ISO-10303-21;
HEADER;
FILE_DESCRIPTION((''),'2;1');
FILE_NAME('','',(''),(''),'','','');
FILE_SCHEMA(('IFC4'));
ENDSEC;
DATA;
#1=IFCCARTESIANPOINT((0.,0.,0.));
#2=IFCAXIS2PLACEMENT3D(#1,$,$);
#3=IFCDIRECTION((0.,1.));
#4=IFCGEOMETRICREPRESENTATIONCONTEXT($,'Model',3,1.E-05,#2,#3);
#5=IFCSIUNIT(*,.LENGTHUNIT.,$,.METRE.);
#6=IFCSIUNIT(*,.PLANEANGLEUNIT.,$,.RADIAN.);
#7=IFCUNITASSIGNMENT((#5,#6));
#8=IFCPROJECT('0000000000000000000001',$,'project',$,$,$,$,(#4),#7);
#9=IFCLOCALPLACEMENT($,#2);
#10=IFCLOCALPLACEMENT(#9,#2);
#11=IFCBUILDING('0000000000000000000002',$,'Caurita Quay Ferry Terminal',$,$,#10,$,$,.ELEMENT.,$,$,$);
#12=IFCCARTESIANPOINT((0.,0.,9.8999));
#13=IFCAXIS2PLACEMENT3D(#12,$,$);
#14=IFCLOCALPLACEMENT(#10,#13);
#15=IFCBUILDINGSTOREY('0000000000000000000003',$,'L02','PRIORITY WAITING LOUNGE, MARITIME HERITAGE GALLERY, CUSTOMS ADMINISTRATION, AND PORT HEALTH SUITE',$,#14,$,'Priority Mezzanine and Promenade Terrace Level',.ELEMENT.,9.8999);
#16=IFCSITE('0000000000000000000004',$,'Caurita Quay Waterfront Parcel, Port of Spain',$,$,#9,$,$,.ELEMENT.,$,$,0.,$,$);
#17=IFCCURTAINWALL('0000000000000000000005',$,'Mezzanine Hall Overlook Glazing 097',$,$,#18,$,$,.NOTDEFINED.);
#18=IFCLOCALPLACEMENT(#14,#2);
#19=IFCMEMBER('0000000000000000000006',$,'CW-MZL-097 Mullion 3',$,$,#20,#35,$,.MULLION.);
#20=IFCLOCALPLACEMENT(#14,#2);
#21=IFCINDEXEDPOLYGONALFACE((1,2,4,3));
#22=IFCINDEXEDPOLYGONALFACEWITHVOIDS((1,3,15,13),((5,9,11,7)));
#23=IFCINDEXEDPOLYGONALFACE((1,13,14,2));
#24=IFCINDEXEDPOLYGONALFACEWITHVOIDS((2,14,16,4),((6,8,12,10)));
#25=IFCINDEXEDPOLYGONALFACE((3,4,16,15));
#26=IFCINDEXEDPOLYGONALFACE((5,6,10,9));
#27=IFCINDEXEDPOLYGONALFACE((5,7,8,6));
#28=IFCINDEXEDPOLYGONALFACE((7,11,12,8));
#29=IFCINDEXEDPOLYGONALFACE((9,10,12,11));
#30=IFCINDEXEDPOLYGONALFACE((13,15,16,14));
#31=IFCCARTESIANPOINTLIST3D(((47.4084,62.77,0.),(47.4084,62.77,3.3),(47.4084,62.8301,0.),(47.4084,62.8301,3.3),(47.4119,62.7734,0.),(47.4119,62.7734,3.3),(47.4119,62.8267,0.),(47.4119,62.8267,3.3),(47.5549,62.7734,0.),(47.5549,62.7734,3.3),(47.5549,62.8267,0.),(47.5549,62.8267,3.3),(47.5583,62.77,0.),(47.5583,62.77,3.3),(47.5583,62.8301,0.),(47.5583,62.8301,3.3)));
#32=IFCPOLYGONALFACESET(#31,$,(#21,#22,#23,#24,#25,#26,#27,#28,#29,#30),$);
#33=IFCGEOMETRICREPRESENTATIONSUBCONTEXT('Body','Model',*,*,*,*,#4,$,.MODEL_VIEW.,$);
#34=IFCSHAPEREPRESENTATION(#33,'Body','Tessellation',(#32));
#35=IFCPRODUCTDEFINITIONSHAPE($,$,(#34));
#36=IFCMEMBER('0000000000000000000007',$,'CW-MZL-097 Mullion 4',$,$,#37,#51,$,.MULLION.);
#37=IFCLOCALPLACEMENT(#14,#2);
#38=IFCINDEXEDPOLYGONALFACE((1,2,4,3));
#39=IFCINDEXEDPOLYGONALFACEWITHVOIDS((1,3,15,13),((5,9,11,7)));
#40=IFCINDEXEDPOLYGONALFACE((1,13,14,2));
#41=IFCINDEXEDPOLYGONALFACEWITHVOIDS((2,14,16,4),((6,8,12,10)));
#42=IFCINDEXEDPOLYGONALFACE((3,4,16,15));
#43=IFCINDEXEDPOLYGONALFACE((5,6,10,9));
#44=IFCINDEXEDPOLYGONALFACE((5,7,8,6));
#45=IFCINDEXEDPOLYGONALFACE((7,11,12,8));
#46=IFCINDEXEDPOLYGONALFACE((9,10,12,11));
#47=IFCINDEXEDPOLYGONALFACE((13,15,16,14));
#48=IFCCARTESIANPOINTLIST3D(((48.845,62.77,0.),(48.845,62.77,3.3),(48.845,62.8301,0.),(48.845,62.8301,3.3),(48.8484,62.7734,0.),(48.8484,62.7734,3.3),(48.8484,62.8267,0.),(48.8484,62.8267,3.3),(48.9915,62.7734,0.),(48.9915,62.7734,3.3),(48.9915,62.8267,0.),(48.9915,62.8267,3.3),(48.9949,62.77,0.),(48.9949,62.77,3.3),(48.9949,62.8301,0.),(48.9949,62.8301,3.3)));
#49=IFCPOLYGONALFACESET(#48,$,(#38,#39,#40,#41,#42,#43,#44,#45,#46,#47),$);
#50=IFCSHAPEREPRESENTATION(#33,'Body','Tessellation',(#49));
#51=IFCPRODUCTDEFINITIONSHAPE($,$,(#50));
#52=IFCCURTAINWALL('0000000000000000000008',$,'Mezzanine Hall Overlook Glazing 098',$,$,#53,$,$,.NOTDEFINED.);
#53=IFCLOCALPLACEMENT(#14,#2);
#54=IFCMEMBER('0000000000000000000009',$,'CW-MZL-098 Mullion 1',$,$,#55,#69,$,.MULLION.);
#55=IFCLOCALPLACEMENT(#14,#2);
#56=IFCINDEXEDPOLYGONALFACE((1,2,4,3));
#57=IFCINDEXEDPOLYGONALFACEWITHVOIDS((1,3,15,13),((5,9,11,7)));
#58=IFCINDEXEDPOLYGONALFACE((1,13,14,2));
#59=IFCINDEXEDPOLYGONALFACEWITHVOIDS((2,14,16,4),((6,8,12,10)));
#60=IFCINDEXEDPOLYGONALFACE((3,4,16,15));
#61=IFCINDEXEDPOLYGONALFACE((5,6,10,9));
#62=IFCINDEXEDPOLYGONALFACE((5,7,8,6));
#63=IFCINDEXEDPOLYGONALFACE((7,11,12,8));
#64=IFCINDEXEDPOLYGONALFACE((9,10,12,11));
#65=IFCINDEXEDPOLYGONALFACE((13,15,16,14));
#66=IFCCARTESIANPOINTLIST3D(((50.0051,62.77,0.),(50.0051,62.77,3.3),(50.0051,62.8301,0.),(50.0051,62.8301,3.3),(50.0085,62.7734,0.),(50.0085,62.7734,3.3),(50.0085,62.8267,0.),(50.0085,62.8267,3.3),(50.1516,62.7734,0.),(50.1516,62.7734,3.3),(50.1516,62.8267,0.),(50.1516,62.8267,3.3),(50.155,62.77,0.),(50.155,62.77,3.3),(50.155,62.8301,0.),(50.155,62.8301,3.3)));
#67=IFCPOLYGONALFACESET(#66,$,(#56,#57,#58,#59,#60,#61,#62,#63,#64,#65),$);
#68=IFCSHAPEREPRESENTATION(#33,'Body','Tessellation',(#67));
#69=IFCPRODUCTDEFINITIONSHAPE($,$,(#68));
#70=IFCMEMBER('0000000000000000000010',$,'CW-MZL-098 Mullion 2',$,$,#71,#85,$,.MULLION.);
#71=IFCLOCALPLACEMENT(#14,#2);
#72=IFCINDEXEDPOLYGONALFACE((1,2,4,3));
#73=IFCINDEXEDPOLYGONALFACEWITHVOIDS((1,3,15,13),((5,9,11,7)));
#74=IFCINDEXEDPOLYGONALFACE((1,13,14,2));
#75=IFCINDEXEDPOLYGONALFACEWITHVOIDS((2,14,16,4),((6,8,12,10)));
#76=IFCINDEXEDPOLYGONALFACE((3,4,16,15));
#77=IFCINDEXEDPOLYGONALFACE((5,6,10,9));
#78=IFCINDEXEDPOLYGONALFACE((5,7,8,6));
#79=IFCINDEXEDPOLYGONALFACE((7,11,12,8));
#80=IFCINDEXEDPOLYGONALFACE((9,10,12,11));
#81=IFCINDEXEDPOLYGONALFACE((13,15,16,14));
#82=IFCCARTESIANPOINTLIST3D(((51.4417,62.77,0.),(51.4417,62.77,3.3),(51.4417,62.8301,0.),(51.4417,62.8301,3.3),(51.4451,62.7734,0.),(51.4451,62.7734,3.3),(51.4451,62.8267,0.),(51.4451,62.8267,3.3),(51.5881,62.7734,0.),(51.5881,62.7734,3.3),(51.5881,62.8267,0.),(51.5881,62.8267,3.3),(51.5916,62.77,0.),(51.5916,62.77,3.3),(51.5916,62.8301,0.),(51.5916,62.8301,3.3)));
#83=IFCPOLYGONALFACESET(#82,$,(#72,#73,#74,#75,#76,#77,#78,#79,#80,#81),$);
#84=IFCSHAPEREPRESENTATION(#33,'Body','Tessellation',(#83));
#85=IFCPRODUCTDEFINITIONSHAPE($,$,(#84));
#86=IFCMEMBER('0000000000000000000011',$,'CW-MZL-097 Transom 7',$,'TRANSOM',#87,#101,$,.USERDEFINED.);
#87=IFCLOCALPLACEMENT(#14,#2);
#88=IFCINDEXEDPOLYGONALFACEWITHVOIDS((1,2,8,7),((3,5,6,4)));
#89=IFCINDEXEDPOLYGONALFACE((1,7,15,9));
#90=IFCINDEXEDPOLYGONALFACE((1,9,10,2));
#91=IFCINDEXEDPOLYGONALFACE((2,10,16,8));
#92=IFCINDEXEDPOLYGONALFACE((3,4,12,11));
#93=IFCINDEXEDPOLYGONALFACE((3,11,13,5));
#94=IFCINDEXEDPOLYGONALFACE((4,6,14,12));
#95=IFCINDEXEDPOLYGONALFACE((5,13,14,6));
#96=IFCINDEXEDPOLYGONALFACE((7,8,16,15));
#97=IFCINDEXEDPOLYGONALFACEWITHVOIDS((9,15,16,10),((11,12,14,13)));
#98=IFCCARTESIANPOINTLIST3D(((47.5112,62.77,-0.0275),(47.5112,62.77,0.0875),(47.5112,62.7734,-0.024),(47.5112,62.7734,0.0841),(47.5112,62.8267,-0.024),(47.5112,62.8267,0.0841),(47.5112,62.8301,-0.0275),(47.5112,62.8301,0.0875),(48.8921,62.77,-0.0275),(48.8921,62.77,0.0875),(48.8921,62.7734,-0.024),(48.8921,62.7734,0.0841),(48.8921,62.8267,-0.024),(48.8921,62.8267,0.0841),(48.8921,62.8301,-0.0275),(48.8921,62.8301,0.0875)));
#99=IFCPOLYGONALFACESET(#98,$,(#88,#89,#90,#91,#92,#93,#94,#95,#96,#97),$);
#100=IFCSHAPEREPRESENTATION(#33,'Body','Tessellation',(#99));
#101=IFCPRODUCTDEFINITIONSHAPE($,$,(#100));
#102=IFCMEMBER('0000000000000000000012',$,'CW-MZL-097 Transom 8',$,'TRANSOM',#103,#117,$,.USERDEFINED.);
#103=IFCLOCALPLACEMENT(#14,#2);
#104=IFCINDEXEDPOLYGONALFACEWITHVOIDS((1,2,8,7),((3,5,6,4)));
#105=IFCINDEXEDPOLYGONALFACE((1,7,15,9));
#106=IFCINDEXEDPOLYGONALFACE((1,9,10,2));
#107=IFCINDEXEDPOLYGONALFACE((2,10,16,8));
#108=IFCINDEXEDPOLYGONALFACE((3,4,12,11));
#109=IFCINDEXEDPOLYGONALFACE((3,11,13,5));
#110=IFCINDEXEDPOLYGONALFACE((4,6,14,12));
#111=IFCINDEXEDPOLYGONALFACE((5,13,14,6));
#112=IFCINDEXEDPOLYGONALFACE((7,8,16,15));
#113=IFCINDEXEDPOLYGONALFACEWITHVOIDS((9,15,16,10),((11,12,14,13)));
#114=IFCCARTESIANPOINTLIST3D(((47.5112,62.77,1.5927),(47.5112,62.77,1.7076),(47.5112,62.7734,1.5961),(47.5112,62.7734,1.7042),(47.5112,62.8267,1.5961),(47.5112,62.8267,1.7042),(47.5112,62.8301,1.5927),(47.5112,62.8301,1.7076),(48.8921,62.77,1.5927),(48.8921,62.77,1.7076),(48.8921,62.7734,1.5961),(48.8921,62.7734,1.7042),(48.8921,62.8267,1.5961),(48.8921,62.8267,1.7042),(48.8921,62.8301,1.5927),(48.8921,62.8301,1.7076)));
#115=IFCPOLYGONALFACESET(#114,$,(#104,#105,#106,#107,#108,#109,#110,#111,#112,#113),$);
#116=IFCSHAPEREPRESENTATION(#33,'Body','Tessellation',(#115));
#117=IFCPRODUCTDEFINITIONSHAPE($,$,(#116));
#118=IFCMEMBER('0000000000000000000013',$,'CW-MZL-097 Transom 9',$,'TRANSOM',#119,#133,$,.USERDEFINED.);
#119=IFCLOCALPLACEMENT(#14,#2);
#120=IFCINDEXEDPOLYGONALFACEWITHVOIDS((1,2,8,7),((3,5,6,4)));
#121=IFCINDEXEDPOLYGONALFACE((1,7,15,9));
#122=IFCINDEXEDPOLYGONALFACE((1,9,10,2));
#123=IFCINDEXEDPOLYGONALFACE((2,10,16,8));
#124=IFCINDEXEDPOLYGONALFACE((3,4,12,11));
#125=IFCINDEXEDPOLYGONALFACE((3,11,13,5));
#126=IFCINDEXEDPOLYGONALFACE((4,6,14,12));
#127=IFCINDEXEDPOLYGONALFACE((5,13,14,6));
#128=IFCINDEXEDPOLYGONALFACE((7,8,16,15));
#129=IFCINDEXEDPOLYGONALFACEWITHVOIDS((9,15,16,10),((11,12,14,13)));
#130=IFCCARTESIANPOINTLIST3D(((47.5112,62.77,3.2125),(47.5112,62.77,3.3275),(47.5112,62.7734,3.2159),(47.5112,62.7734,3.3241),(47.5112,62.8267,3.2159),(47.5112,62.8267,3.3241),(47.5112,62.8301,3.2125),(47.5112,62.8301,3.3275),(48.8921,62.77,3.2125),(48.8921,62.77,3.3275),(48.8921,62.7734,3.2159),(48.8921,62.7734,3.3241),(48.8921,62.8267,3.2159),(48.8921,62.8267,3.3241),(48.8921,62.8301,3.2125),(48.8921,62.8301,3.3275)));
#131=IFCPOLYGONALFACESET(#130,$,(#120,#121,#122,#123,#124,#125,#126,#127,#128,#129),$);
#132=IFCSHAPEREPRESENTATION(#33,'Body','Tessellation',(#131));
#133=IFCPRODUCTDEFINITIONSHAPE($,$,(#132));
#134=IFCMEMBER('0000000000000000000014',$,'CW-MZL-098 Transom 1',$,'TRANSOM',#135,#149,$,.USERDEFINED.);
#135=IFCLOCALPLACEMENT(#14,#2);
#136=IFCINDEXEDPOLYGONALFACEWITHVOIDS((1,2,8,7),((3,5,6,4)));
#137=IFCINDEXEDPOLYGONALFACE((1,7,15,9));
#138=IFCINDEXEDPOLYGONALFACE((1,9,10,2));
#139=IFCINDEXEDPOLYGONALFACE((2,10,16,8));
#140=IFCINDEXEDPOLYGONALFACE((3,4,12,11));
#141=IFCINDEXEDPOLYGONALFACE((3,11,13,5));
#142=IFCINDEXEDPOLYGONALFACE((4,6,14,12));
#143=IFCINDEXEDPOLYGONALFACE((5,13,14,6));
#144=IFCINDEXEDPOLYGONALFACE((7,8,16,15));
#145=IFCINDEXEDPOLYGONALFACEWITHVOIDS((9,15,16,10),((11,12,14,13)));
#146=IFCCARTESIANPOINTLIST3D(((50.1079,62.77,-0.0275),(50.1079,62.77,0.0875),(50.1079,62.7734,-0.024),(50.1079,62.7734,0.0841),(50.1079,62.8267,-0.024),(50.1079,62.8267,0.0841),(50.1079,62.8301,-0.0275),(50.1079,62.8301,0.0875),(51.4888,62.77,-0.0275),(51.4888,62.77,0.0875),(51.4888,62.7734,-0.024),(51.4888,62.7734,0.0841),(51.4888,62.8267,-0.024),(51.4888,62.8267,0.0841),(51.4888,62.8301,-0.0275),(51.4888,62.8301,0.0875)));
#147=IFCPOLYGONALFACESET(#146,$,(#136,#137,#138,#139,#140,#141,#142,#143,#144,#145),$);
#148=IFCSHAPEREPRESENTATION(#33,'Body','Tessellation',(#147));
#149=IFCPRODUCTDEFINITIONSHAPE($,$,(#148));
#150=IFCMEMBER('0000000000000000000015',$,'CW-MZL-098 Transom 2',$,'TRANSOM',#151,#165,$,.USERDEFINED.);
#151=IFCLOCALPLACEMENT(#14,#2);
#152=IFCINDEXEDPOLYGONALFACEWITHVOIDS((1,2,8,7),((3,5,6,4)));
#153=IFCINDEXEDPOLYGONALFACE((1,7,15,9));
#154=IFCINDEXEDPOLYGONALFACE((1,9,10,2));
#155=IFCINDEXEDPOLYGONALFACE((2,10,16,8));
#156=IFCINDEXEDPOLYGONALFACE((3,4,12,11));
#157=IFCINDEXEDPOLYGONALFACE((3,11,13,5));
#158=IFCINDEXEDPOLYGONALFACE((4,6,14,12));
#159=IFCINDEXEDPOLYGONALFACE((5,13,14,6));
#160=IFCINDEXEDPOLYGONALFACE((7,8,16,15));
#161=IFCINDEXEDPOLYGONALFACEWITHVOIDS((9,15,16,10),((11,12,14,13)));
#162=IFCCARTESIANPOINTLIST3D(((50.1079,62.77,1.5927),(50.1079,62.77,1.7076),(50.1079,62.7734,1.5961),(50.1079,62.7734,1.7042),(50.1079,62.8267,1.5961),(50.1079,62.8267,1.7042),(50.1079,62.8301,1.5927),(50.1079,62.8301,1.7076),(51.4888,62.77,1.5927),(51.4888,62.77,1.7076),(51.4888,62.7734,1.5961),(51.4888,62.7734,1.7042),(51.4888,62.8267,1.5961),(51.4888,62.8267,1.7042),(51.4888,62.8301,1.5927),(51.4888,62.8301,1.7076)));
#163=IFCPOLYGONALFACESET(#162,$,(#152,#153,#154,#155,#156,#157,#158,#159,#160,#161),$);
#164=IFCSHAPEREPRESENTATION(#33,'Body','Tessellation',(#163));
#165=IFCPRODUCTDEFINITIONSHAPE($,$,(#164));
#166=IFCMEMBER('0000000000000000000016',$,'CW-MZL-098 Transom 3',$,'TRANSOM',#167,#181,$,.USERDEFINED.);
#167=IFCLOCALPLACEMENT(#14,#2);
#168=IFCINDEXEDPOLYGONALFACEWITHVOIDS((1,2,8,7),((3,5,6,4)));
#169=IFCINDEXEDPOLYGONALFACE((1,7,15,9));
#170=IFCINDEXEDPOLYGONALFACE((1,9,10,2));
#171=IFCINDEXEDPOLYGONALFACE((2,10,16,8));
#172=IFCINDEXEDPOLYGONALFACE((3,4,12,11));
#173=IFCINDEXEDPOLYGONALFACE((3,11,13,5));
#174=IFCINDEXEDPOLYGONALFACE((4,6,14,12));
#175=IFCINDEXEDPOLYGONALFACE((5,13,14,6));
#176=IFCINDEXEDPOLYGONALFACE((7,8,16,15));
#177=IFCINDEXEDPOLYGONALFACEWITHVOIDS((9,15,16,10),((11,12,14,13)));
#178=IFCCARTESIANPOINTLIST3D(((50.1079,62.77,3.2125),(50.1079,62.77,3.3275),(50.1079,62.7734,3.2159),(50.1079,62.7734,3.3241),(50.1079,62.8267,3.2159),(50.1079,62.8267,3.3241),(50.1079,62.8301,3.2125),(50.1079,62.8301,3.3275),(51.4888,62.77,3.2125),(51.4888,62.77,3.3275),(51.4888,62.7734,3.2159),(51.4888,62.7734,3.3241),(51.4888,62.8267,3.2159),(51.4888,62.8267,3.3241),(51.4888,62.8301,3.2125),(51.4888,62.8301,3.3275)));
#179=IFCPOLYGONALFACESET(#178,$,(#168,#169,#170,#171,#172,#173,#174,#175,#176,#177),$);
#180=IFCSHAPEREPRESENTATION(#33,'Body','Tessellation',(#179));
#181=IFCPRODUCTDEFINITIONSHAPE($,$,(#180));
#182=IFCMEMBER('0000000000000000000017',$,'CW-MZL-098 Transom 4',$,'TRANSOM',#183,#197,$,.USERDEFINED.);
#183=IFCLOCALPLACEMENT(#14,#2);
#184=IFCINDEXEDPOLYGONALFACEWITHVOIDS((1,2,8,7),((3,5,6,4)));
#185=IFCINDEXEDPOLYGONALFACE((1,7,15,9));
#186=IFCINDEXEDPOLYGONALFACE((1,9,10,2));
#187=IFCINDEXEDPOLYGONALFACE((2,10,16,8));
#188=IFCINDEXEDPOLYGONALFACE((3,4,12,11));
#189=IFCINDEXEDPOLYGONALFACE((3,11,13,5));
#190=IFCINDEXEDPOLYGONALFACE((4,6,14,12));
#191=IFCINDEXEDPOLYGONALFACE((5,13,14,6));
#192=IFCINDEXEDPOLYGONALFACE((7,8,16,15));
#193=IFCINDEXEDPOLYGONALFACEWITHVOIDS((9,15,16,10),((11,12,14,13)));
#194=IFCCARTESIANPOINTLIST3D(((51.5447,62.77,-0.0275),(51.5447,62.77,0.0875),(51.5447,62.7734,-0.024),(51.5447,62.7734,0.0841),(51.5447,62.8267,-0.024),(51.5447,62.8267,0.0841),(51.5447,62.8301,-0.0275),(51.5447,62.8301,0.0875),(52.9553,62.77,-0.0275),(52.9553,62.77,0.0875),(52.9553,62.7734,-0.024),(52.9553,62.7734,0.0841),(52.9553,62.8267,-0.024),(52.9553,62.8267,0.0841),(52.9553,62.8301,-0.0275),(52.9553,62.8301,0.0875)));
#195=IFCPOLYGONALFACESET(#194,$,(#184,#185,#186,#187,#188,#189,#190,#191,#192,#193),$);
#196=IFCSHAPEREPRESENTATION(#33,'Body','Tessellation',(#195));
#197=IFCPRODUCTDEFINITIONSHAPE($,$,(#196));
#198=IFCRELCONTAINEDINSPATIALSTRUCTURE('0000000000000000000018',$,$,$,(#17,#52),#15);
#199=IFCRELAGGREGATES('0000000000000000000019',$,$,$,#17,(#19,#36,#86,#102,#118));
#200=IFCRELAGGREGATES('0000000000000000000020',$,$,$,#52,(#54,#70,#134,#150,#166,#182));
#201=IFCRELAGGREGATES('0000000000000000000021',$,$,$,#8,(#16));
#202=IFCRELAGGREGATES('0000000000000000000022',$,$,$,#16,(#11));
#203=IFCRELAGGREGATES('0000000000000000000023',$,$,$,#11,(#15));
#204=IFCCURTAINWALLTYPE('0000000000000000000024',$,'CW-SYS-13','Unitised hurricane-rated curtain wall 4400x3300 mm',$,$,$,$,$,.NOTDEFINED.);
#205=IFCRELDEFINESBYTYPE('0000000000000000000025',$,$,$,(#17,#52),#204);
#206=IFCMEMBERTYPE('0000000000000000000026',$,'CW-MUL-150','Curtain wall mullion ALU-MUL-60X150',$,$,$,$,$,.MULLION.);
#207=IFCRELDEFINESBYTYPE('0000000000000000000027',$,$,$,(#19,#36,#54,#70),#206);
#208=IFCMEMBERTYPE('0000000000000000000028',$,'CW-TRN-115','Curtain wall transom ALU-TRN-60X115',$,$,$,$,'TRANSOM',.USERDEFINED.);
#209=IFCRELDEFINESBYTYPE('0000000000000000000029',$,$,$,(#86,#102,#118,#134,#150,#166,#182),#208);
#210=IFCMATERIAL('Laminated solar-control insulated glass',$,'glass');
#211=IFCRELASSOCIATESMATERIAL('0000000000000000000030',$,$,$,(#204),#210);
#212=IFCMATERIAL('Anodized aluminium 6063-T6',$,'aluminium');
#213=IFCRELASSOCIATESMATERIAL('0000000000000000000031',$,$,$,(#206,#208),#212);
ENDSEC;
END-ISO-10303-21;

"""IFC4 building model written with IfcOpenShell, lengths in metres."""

from ifc_helpers import new_model, si_unit, direction, frame, origin, origin_2d, place, context, subcontext, project, spatial, hollow_rectangle, extrude, material, material_profile, profile_set, type_object, element, aggregate, save


model = new_model("IFC4")

# Units and contexts
model_context = context("Model", 3, precision=1e-05, world=origin(), true_north=direction((0.0, 1.0)))
body_context = subcontext(model_context, "Body", "Model", "MODEL_VIEW")
ifc_project = project(units=[si_unit("LENGTHUNIT", "METRE"), si_unit("PLANEANGLEUNIT", "RADIAN")], contexts=[model_context])

# Site, building, storey
site_placement = place(None, origin())
site = spatial("IfcSite", under=ifc_project, at=site_placement, Name="Caurita Quay Waterfront Parcel, Port of Spain", CompositionType="ELEMENT", RefElevation=0.0)
building_placement = place(site_placement, origin())
building = spatial("IfcBuilding", under=site, at=building_placement, Name="Caurita Quay Ferry Terminal", CompositionType="ELEMENT")
storey_placement = place(building_placement, frame((0.0, 0.0, 9.8999)))
storey = spatial("IfcBuildingStorey", under=building, at=storey_placement, Name="L02", Description="PRIORITY WAITING LOUNGE, MARITIME HERITAGE GALLERY, CUSTOMS ADMINISTRATION, AND PORT HEALTH SUITE", LongName="Priority Mezzanine and Promenade Terrace Level", CompositionType="ELEMENT", Elevation=9.8999)

# Curtain walls, members
ifc_material_1 = material(Name="Laminated solar-control insulated glass", Category="glass")
curtain_wall_type = type_object("IfcCurtainWallType", Name="CW-SYS-13", Description="Unitised hurricane-rated curtain wall 4400x3300 mm", PredefinedType="NOTDEFINED", material=ifc_material_1)
curtain_wall_1_placement = place(storey_placement, origin())
curtain_wall_1 = element("IfcCurtainWall", 1, at=curtain_wall_1_placement, inside=storey, type_object=curtain_wall_type, Name="Mezzanine Hall Overlook Glazing 097", PredefinedType="NOTDEFINED")
ifc_material_2 = material(Name="Anodized aluminium 6063-T6", Category="aluminium")
ifc_material_profile_1 = material_profile(ifc_material_2, hollow_rectangle(XDim=0.0601, YDim=0.1499, WallThickness=0.0034, at=origin_2d()), Name="ALU-MUL-60X150")
ifc_profile_set_1 = profile_set([ifc_material_profile_1], Name="Anodized aluminium 6063-T6")
member_type_1 = type_object("IfcMemberType", Name="CW-MUL-150", Description="Curtain wall mullion ALU-MUL-60X150", PredefinedType="MULLION", material=ifc_profile_set_1)
member_1_placement = place(storey_placement, frame((47.4834, 62.8, 0.0), z_axis=(0.0, 0.0, 1.0), x_axis=(0.0, 1.0, 0.0)))
member_1 = element("IfcMember", 2, at=member_1_placement, type_object=member_type_1, Name="CW-MZL-097 Mullion 3", PredefinedType="MULLION", context=body_context, shape_type="SweptSolid", body=[
    extrude(hollow_rectangle(XDim=0.0601, YDim=0.1499, WallThickness=0.0034, at=origin_2d()), origin(), (0.0, 0.0, 1.0), 3.3),
])
member_2_placement = place(storey_placement, frame((48.9199, 62.8, 0.0), z_axis=(0.0, 0.0, 1.0), x_axis=(0.0, 1.0, 0.0)))
member_2 = element("IfcMember", 3, at=member_2_placement, type_object=member_type_1, Name="CW-MZL-097 Mullion 4", PredefinedType="MULLION", context=body_context, shape_type="SweptSolid", body=[
    extrude(hollow_rectangle(XDim=0.0601, YDim=0.1499, WallThickness=0.0034, at=origin_2d()), origin(), (0.0, 0.0, 1.0), 3.3),
])
curtain_wall_2_placement = place(storey_placement, origin())
curtain_wall_2 = element("IfcCurtainWall", 4, at=curtain_wall_2_placement, inside=storey, type_object=curtain_wall_type, Name="Mezzanine Hall Overlook Glazing 098", PredefinedType="NOTDEFINED")
member_3_placement = place(storey_placement, frame((50.0801, 62.8, 0.0), z_axis=(0.0, 0.0, 1.0), x_axis=(0.0, 1.0, 0.0)))
member_3 = element("IfcMember", 5, at=member_3_placement, type_object=member_type_1, Name="CW-MZL-098 Mullion 1", PredefinedType="MULLION", context=body_context, shape_type="SweptSolid", body=[
    extrude(hollow_rectangle(XDim=0.0601, YDim=0.1499, WallThickness=0.0034, at=origin_2d()), origin(), (0.0, 0.0, 1.0), 3.3),
])
member_4_placement = place(storey_placement, frame((51.5166, 62.8, 0.0), z_axis=(0.0, 0.0, 1.0), x_axis=(0.0, 1.0, 0.0)))
member_4 = element("IfcMember", 6, at=member_4_placement, type_object=member_type_1, Name="CW-MZL-098 Mullion 2", PredefinedType="MULLION", context=body_context, shape_type="SweptSolid", body=[
    extrude(hollow_rectangle(XDim=0.0601, YDim=0.1499, WallThickness=0.0034, at=origin_2d()), origin(), (0.0, 0.0, 1.0), 3.3),
])

# Members
ifc_material_profile_2 = material_profile(ifc_material_2, hollow_rectangle(XDim=0.0601, YDim=0.115, WallThickness=0.0034, at=origin_2d()), Name="ALU-TRN-60X115")
ifc_profile_set_2 = profile_set([ifc_material_profile_2], Name="Anodized aluminium 6063-T6")
member_type_2 = type_object("IfcMemberType", Name="CW-TRN-115", Description="Curtain wall transom ALU-TRN-60X115", ElementType="TRANSOM", PredefinedType="USERDEFINED", material=ifc_profile_set_2)
member_5_placement = place(storey_placement, frame((47.5112, 62.8, 0.03), z_axis=(1.0, 0.0, 0.0), x_axis=(0.0, 1.0, 0.0)))
member_5 = element("IfcMember", 7, at=member_5_placement, type_object=member_type_2, Name="CW-MZL-097 Transom 7", ObjectType="TRANSOM", PredefinedType="USERDEFINED", context=body_context, shape_type="SweptSolid", body=[
    extrude(hollow_rectangle(XDim=0.0601, YDim=0.115, WallThickness=0.0034, at=origin_2d()), origin(), (0.0, 0.0, 1.0), 1.3809),
])
member_6_placement = place(storey_placement, frame((47.5112, 62.8, 1.6501), z_axis=(1.0, 0.0, 0.0), x_axis=(0.0, 1.0, 0.0)))
member_6 = element("IfcMember", 8, at=member_6_placement, type_object=member_type_2, Name="CW-MZL-097 Transom 8", ObjectType="TRANSOM", PredefinedType="USERDEFINED", context=body_context, shape_type="SweptSolid", body=[
    extrude(hollow_rectangle(XDim=0.0601, YDim=0.115, WallThickness=0.0034, at=origin_2d()), origin(), (0.0, 0.0, 1.0), 1.3809),
])
member_7_placement = place(storey_placement, frame((47.5112, 62.8, 3.27), z_axis=(1.0, 0.0, 0.0), x_axis=(0.0, 1.0, 0.0)))
member_7 = element("IfcMember", 9, at=member_7_placement, type_object=member_type_2, Name="CW-MZL-097 Transom 9", ObjectType="TRANSOM", PredefinedType="USERDEFINED", context=body_context, shape_type="SweptSolid", body=[
    extrude(hollow_rectangle(XDim=0.0601, YDim=0.115, WallThickness=0.0034, at=origin_2d()), origin(), (0.0, 0.0, 1.0), 1.3809),
])
member_8_placement = place(storey_placement, frame((50.1079, 62.8, 0.03), z_axis=(1.0, 0.0, 0.0), x_axis=(0.0, 1.0, 0.0)))
member_8 = element("IfcMember", 10, at=member_8_placement, type_object=member_type_2, Name="CW-MZL-098 Transom 1", ObjectType="TRANSOM", PredefinedType="USERDEFINED", context=body_context, shape_type="SweptSolid", body=[
    extrude(hollow_rectangle(XDim=0.0601, YDim=0.115, WallThickness=0.0034, at=origin_2d()), origin(), (0.0, 0.0, 1.0), 1.3809),
])
member_9_placement = place(storey_placement, frame((50.1079, 62.8, 1.6501), z_axis=(1.0, 0.0, 0.0), x_axis=(0.0, 1.0, 0.0)))
member_9 = element("IfcMember", 11, at=member_9_placement, type_object=member_type_2, Name="CW-MZL-098 Transom 2", ObjectType="TRANSOM", PredefinedType="USERDEFINED", context=body_context, shape_type="SweptSolid", body=[
    extrude(hollow_rectangle(XDim=0.0601, YDim=0.115, WallThickness=0.0034, at=origin_2d()), origin(), (0.0, 0.0, 1.0), 1.3809),
])
member_10_placement = place(storey_placement, frame((50.1079, 62.8, 3.27), z_axis=(1.0, 0.0, 0.0), x_axis=(0.0, 1.0, 0.0)))
member_10 = element("IfcMember", 12, at=member_10_placement, type_object=member_type_2, Name="CW-MZL-098 Transom 3", ObjectType="TRANSOM", PredefinedType="USERDEFINED", context=body_context, shape_type="SweptSolid", body=[
    extrude(hollow_rectangle(XDim=0.0601, YDim=0.115, WallThickness=0.0034, at=origin_2d()), origin(), (0.0, 0.0, 1.0), 1.3809),
])
member_11_placement = place(storey_placement, frame((51.5447, 62.8, 0.03), z_axis=(1.0, 0.0, 0.0), x_axis=(0.0, 1.0, 0.0)))
member_11 = element("IfcMember", 13, at=member_11_placement, type_object=member_type_2, Name="CW-MZL-098 Transom 4", ObjectType="TRANSOM", PredefinedType="USERDEFINED", context=body_context, shape_type="SweptSolid", body=[
    extrude(hollow_rectangle(XDim=0.0601, YDim=0.115, WallThickness=0.0034, at=origin_2d()), origin(), (0.0, 0.0, 1.0), 1.4106),
])

aggregate(curtain_wall_1, [member_1, member_2, member_5, member_6, member_7])
aggregate(curtain_wall_2, [member_3, member_4, member_8, member_9, member_10, member_11])

save(model, "model.ifc")
